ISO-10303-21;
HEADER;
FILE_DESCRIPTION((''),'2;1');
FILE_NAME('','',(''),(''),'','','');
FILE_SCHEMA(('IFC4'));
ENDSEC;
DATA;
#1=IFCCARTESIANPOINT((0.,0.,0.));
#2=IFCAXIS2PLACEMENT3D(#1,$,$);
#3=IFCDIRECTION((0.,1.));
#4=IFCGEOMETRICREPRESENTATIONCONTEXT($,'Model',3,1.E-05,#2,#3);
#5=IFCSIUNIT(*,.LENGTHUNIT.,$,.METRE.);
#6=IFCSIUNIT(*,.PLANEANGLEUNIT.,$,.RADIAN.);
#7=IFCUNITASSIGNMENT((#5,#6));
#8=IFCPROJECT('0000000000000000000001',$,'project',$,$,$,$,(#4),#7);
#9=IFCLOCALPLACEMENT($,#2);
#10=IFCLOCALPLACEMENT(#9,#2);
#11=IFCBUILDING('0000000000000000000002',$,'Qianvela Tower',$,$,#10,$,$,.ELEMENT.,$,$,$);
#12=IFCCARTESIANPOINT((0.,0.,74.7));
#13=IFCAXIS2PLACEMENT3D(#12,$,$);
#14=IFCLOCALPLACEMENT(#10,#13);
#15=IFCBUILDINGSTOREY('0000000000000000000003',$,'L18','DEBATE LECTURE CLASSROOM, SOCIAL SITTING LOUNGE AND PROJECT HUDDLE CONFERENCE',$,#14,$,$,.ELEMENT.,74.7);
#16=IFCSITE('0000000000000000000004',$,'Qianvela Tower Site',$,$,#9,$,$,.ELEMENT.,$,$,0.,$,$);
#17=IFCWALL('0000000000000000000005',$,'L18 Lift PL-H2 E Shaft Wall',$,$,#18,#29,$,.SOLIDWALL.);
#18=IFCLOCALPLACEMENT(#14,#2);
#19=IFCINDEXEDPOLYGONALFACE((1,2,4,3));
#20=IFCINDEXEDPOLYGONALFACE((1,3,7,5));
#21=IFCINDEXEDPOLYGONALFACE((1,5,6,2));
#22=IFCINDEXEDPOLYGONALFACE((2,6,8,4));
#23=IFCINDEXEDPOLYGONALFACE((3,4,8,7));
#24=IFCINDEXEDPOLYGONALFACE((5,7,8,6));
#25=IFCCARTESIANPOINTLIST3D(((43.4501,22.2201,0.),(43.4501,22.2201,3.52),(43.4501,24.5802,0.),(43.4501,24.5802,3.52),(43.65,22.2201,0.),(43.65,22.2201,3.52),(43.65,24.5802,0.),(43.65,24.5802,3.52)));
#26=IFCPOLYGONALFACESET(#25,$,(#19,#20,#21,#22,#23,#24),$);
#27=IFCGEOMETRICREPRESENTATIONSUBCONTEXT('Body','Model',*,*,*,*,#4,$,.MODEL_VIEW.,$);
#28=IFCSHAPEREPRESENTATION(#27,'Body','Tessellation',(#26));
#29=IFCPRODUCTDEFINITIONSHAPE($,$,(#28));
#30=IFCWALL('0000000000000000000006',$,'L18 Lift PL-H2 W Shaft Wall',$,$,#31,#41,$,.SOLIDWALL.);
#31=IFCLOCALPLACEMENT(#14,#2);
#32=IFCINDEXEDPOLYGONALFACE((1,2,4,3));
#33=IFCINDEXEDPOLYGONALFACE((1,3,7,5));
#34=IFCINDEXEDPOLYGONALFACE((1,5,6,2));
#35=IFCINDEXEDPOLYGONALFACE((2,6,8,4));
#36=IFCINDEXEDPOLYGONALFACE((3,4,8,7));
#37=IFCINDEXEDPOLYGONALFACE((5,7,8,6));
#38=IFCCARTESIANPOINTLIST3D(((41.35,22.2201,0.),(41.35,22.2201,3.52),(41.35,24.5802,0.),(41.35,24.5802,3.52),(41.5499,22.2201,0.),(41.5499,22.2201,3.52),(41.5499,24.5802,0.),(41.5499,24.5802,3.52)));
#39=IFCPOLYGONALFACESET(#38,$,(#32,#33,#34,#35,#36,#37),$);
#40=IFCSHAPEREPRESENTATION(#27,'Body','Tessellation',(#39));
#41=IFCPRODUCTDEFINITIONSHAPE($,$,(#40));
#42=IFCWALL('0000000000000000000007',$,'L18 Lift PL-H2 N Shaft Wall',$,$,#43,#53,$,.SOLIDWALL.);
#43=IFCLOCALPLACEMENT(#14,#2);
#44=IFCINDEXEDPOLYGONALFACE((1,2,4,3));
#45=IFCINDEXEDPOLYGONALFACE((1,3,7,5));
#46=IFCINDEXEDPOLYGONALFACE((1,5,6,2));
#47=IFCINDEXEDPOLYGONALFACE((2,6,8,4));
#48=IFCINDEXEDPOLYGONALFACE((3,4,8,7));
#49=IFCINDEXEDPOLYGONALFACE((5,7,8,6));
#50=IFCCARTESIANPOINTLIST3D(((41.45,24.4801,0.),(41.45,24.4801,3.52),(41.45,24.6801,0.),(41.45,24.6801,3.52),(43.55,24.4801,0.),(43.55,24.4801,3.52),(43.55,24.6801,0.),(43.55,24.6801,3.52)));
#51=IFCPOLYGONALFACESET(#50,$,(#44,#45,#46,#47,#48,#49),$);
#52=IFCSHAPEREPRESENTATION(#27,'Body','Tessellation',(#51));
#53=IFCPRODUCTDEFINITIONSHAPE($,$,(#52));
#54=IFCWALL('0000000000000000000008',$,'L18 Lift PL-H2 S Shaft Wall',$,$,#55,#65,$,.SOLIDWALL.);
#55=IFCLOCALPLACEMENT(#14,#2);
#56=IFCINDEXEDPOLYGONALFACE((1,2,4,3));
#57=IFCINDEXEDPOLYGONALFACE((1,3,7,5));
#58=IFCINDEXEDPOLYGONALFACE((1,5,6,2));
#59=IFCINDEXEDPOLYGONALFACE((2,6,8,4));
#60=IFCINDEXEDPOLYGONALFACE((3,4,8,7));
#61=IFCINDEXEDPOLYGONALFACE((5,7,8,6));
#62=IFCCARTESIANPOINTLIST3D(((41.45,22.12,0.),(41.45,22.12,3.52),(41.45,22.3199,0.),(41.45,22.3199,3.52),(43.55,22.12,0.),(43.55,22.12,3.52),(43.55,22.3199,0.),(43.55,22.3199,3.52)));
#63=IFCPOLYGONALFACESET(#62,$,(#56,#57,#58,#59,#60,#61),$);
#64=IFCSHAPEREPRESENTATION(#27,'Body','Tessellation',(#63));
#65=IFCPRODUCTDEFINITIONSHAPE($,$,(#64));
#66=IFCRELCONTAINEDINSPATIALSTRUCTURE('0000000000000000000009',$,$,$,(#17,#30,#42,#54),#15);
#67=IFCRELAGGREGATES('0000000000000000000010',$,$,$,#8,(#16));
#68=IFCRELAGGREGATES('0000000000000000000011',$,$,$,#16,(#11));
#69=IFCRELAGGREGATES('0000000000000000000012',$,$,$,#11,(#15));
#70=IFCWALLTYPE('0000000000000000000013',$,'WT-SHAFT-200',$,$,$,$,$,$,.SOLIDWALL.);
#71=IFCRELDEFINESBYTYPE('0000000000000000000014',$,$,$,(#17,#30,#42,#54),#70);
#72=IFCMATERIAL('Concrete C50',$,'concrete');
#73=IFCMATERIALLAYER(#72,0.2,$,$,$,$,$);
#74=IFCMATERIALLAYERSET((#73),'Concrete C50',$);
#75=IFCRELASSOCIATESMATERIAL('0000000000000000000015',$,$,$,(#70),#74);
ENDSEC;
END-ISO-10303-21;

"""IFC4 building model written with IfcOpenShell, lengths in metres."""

from ifc_helpers import new_model, si_unit, direction, frame, frame_2d, origin, place, context, subcontext, project, spatial, rectangle, extrude, material, layer, layer_set, type_object, element, save


model = new_model("IFC4")

# Units and contexts
model_context = context("Model", 3, precision=1e-05, world=origin(), true_north=direction((0.0, 1.0)))
body_context = subcontext(model_context, "Body", "Model", "MODEL_VIEW")
ifc_project = project(units=[si_unit("LENGTHUNIT", "METRE"), si_unit("PLANEANGLEUNIT", "RADIAN")], contexts=[model_context])

# Site, building, storey
site_placement = place(None, origin())
site = spatial("IfcSite", under=ifc_project, at=site_placement, Name="Qianvela Tower Site", CompositionType="ELEMENT", RefElevation=0.0)
building_placement = place(site_placement, origin())
building = spatial("IfcBuilding", under=site, at=building_placement, Name="Qianvela Tower", CompositionType="ELEMENT")
storey_placement = place(building_placement, frame((0.0, 0.0, 74.7)))
storey = spatial("IfcBuildingStorey", under=building, at=storey_placement, Name="L18", Description="DEBATE LECTURE CLASSROOM, SOCIAL SITTING LOUNGE AND PROJECT HUDDLE CONFERENCE", CompositionType="ELEMENT", Elevation=74.7)

# Walls
ifc_material_1 = material(Name="Concrete C50", Category="concrete")
ifc_layer_1 = layer(ifc_material_1, 0.2)
ifc_layer_set_1 = layer_set([ifc_layer_1], Name="Concrete C50")
wall_type_1 = type_object("IfcWallType", Name="WT-SHAFT-200", PredefinedType="SOLIDWALL", material=ifc_layer_set_1)
for number, where, z_axis, x_axis, name in (
    (1, (43.55, 22.22, 0.0), (0.0, 0.0, 1.0), (0.0, 1.0, 0.0), "L18 Lift PL-H2 E Shaft Wall"),
    (2, (41.45, 22.22, 0.0), (0.0, 0.0, 1.0), (0.0, 1.0, 0.0), "L18 Lift PL-H2 W Shaft Wall"),
):
    element("IfcWall", number, at=place(storey_placement, frame(where, z_axis=z_axis, x_axis=x_axis)), inside=storey, type_object=wall_type_1, Name=name, PredefinedType="SOLIDWALL", context=body_context, shape_type="SweptSolid", body=[
        extrude(rectangle(XDim=2.3601, YDim=0.2, at=frame_2d((1.1802, 0.0))), origin(), (0.0, 0.0, 1.0), 3.52),
    ])
for number, where, z_axis, x_axis, name in (
    (3, (41.45, 24.5801, 0.0), (0.0, 0.0, 1.0), (1.0, 0.0, 0.0), "L18 Lift PL-H2 N Shaft Wall"),
    (4, (41.45, 22.22, 0.0), (0.0, 0.0, 1.0), (1.0, 0.0, 0.0), "L18 Lift PL-H2 S Shaft Wall"),
):
    element("IfcWall", number, at=place(storey_placement, frame(where, z_axis=z_axis, x_axis=x_axis)), inside=storey, type_object=wall_type_1, Name=name, PredefinedType="SOLIDWALL", context=body_context, shape_type="SweptSolid", body=[
        extrude(rectangle(XDim=2.1001, YDim=0.2, at=frame_2d((1.05, 0.0))), origin(), (0.0, 0.0, 1.0), 3.52),
    ])

save(model, "model.ifc")
